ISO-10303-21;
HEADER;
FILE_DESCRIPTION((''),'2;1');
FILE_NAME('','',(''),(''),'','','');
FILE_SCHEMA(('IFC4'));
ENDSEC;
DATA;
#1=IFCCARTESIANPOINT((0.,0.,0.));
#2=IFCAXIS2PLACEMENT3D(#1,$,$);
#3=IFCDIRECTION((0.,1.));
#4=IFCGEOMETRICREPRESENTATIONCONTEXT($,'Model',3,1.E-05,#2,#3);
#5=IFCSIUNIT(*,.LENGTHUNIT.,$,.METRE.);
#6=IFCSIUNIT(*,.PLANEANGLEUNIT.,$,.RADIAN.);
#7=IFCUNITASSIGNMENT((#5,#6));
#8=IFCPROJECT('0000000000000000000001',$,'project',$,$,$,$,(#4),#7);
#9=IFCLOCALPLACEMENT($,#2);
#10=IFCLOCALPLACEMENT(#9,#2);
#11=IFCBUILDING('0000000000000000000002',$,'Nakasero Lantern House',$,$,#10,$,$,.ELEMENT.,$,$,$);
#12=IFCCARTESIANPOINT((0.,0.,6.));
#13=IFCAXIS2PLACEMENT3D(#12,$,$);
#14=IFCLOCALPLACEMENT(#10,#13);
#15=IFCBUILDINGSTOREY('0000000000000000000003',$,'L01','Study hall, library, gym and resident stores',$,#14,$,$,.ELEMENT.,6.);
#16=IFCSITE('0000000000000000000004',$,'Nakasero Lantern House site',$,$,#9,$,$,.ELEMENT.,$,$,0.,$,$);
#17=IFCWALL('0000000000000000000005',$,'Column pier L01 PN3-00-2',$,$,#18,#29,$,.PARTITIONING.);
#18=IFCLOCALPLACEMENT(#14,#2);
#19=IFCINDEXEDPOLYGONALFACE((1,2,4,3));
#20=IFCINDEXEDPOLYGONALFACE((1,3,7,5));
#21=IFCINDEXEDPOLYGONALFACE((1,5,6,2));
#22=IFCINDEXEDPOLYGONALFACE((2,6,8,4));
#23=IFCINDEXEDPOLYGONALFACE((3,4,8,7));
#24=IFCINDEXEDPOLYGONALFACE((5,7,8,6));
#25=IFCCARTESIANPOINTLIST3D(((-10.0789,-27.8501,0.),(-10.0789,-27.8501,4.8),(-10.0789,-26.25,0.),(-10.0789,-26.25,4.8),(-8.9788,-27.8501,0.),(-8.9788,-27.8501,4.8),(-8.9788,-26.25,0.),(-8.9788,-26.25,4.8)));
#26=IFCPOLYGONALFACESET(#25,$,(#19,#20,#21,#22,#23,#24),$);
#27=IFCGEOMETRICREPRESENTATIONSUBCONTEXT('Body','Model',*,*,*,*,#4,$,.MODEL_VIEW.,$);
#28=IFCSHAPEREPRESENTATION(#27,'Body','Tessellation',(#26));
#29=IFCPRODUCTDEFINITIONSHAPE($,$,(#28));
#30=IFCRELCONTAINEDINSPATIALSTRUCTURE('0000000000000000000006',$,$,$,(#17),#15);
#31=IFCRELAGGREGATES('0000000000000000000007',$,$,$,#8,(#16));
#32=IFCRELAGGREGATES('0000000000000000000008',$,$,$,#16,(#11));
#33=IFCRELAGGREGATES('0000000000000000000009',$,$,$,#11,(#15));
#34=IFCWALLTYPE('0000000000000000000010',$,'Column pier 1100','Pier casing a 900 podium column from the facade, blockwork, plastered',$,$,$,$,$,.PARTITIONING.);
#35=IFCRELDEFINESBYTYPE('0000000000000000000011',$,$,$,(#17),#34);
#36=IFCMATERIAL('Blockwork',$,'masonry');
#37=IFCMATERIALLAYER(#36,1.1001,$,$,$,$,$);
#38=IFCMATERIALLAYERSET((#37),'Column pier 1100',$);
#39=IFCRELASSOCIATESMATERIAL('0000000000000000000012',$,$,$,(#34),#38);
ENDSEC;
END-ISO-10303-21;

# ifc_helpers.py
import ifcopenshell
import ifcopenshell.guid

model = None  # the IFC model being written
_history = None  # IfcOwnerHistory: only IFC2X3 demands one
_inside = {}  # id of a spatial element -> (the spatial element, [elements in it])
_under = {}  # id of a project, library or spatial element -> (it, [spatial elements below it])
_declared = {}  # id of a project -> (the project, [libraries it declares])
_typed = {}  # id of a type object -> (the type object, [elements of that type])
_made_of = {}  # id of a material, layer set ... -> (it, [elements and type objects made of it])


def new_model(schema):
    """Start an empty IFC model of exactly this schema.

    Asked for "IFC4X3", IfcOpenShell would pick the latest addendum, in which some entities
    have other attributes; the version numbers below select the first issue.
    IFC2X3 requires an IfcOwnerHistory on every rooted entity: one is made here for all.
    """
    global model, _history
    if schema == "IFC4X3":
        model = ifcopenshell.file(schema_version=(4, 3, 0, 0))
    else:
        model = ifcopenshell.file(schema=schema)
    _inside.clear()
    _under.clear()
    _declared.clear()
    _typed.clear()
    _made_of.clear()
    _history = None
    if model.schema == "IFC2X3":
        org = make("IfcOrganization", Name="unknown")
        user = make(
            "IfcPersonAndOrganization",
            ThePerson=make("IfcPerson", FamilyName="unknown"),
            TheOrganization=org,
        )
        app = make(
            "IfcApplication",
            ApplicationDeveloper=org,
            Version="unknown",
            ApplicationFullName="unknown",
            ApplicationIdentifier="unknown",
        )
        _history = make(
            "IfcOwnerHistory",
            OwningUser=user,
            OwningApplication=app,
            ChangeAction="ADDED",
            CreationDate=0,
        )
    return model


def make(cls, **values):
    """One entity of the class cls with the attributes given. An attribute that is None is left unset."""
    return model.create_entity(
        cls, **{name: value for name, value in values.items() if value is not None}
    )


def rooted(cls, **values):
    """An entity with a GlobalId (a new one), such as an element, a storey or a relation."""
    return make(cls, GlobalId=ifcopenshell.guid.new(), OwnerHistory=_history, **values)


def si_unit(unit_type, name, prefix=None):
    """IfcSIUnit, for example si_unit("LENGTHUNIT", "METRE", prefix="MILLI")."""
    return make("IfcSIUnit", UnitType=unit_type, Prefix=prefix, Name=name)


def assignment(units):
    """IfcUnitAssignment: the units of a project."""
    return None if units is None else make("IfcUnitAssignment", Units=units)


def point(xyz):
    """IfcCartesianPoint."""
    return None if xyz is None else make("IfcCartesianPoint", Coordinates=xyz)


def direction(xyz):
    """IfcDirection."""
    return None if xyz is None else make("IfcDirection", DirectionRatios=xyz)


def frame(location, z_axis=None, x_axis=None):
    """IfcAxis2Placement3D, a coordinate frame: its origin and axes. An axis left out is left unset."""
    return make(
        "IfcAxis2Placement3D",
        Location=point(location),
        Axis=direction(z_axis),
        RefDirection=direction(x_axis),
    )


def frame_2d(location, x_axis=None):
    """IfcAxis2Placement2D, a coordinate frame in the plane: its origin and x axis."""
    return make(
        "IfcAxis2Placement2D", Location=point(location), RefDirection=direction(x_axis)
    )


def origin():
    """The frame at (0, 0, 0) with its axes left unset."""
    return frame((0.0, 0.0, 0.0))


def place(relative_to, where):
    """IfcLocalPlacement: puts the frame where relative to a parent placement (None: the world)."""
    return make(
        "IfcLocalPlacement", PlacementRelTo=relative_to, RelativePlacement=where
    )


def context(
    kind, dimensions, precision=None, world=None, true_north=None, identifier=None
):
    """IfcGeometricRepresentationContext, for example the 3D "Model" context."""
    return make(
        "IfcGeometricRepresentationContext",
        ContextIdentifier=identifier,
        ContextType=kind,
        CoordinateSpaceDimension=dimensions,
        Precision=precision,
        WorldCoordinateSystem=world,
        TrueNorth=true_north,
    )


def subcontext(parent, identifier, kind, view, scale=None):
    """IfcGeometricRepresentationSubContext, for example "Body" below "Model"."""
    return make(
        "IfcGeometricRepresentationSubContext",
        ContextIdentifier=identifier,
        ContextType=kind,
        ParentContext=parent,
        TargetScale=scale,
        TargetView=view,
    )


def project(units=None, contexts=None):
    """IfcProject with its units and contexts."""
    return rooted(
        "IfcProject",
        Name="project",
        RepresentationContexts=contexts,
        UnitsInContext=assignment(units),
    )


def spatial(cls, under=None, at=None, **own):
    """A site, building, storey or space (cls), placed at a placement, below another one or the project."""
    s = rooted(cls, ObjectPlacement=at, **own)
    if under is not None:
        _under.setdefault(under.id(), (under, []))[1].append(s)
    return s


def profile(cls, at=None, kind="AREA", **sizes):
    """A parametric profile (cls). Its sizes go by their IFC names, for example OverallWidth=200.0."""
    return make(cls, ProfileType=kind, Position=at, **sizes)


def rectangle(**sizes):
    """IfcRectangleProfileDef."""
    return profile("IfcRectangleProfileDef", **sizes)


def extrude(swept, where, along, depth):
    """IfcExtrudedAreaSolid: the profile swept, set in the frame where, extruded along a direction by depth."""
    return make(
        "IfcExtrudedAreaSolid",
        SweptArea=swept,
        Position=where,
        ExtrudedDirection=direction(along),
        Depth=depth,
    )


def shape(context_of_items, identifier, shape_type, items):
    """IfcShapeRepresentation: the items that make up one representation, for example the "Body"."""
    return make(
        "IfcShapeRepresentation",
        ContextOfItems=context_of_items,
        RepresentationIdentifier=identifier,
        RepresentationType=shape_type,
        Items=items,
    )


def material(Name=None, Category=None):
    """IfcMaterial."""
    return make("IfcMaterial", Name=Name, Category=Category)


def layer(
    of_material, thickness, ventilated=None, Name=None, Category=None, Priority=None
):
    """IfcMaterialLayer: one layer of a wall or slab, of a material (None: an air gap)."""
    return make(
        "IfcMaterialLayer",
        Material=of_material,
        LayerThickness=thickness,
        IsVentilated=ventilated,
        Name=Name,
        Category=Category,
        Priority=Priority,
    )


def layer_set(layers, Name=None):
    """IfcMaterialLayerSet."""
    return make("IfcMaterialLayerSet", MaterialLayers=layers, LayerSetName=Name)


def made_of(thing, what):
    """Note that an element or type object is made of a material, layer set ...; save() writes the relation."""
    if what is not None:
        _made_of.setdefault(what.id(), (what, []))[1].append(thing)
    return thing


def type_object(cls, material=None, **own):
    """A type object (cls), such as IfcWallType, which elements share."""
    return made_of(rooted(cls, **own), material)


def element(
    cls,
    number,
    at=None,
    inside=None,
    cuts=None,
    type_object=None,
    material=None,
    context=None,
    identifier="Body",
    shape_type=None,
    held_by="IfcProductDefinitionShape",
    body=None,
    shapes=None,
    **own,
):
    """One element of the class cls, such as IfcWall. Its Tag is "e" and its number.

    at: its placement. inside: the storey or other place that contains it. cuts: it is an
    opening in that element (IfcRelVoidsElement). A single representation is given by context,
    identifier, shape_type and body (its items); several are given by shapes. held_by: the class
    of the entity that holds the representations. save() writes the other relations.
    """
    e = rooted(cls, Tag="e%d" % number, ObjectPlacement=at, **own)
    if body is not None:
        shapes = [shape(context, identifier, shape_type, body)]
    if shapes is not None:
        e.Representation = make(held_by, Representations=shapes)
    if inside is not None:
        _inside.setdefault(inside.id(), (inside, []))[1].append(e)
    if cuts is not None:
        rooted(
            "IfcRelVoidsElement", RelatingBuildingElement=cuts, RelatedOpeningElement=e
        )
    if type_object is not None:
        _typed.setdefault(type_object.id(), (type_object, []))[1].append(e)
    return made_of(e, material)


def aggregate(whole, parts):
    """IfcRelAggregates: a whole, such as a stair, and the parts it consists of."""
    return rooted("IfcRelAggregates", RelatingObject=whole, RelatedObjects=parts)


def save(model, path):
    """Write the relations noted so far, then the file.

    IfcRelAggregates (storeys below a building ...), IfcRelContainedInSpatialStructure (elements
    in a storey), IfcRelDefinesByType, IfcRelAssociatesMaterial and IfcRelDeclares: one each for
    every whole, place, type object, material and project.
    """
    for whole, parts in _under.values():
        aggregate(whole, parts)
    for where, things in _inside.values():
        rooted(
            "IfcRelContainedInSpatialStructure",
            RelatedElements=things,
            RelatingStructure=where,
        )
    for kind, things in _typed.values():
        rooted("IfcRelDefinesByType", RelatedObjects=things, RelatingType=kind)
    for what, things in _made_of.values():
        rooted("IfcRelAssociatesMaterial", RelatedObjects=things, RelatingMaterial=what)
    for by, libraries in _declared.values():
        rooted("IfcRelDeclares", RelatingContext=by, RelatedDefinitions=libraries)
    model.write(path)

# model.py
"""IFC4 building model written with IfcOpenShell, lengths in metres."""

from ifc_helpers import new_model, si_unit, direction, frame, frame_2d, origin, place, context, subcontext, project, spatial, rectangle, extrude, material, layer, layer_set, type_object, element, save


model = new_model("IFC4")

# Units and contexts
model_context = context("Model", 3, precision=1e-05, world=origin(), true_north=direction((0.0, 1.0)))
body_context = subcontext(model_context, "Body", "Model", "MODEL_VIEW")
ifc_project = project(units=[si_unit("LENGTHUNIT", "METRE"), si_unit("PLANEANGLEUNIT", "RADIAN")], contexts=[model_context])

# Site, building, storey
site_placement = place(None, origin())
site = spatial("IfcSite", under=ifc_project, at=site_placement, Name="Nakasero Lantern House site", CompositionType="ELEMENT", RefElevation=0.0)
building_placement = place(site_placement, origin())
building = spatial("IfcBuilding", under=site, at=building_placement, Name="Nakasero Lantern House", CompositionType="ELEMENT")
storey_placement = place(building_placement, frame((0.0, 0.0, 6.0)))
storey = spatial("IfcBuildingStorey", under=building, at=storey_placement, Name="L01", Description="Study hall, library, gym and resident stores", CompositionType="ELEMENT", Elevation=6.0)

# Wall
ifc_material_1 = material(Name="Blockwork", Category="masonry")
ifc_layer_1 = layer(ifc_material_1, 1.1001)
ifc_layer_set_1 = layer_set([ifc_layer_1], Name="Column pier 1100")
wall_type = type_object("IfcWallType", Name="Column pier 1100", Description="Pier casing a 900 podium column from the facade, blockwork, plastered", PredefinedType="PARTITIONING", material=ifc_layer_set_1)
wall_placement = place(storey_placement, frame((-9.5288, -26.25, 0.0), z_axis=(0.0, 0.0, 1.0), x_axis=(0.0, -1.0, 0.0)))
element("IfcWall", 1, at=wall_placement, inside=storey, type_object=wall_type, Name="Column pier L01 PN3-00-2", PredefinedType="PARTITIONING", context=body_context, shape_type="SweptSolid", body=[
    extrude(rectangle(XDim=1.6001, YDim=1.1001, at=frame_2d((0.8, 0.0))), origin(), (0.0, 0.0, 1.0), 4.8),
])

save(model, "model.ifc")
